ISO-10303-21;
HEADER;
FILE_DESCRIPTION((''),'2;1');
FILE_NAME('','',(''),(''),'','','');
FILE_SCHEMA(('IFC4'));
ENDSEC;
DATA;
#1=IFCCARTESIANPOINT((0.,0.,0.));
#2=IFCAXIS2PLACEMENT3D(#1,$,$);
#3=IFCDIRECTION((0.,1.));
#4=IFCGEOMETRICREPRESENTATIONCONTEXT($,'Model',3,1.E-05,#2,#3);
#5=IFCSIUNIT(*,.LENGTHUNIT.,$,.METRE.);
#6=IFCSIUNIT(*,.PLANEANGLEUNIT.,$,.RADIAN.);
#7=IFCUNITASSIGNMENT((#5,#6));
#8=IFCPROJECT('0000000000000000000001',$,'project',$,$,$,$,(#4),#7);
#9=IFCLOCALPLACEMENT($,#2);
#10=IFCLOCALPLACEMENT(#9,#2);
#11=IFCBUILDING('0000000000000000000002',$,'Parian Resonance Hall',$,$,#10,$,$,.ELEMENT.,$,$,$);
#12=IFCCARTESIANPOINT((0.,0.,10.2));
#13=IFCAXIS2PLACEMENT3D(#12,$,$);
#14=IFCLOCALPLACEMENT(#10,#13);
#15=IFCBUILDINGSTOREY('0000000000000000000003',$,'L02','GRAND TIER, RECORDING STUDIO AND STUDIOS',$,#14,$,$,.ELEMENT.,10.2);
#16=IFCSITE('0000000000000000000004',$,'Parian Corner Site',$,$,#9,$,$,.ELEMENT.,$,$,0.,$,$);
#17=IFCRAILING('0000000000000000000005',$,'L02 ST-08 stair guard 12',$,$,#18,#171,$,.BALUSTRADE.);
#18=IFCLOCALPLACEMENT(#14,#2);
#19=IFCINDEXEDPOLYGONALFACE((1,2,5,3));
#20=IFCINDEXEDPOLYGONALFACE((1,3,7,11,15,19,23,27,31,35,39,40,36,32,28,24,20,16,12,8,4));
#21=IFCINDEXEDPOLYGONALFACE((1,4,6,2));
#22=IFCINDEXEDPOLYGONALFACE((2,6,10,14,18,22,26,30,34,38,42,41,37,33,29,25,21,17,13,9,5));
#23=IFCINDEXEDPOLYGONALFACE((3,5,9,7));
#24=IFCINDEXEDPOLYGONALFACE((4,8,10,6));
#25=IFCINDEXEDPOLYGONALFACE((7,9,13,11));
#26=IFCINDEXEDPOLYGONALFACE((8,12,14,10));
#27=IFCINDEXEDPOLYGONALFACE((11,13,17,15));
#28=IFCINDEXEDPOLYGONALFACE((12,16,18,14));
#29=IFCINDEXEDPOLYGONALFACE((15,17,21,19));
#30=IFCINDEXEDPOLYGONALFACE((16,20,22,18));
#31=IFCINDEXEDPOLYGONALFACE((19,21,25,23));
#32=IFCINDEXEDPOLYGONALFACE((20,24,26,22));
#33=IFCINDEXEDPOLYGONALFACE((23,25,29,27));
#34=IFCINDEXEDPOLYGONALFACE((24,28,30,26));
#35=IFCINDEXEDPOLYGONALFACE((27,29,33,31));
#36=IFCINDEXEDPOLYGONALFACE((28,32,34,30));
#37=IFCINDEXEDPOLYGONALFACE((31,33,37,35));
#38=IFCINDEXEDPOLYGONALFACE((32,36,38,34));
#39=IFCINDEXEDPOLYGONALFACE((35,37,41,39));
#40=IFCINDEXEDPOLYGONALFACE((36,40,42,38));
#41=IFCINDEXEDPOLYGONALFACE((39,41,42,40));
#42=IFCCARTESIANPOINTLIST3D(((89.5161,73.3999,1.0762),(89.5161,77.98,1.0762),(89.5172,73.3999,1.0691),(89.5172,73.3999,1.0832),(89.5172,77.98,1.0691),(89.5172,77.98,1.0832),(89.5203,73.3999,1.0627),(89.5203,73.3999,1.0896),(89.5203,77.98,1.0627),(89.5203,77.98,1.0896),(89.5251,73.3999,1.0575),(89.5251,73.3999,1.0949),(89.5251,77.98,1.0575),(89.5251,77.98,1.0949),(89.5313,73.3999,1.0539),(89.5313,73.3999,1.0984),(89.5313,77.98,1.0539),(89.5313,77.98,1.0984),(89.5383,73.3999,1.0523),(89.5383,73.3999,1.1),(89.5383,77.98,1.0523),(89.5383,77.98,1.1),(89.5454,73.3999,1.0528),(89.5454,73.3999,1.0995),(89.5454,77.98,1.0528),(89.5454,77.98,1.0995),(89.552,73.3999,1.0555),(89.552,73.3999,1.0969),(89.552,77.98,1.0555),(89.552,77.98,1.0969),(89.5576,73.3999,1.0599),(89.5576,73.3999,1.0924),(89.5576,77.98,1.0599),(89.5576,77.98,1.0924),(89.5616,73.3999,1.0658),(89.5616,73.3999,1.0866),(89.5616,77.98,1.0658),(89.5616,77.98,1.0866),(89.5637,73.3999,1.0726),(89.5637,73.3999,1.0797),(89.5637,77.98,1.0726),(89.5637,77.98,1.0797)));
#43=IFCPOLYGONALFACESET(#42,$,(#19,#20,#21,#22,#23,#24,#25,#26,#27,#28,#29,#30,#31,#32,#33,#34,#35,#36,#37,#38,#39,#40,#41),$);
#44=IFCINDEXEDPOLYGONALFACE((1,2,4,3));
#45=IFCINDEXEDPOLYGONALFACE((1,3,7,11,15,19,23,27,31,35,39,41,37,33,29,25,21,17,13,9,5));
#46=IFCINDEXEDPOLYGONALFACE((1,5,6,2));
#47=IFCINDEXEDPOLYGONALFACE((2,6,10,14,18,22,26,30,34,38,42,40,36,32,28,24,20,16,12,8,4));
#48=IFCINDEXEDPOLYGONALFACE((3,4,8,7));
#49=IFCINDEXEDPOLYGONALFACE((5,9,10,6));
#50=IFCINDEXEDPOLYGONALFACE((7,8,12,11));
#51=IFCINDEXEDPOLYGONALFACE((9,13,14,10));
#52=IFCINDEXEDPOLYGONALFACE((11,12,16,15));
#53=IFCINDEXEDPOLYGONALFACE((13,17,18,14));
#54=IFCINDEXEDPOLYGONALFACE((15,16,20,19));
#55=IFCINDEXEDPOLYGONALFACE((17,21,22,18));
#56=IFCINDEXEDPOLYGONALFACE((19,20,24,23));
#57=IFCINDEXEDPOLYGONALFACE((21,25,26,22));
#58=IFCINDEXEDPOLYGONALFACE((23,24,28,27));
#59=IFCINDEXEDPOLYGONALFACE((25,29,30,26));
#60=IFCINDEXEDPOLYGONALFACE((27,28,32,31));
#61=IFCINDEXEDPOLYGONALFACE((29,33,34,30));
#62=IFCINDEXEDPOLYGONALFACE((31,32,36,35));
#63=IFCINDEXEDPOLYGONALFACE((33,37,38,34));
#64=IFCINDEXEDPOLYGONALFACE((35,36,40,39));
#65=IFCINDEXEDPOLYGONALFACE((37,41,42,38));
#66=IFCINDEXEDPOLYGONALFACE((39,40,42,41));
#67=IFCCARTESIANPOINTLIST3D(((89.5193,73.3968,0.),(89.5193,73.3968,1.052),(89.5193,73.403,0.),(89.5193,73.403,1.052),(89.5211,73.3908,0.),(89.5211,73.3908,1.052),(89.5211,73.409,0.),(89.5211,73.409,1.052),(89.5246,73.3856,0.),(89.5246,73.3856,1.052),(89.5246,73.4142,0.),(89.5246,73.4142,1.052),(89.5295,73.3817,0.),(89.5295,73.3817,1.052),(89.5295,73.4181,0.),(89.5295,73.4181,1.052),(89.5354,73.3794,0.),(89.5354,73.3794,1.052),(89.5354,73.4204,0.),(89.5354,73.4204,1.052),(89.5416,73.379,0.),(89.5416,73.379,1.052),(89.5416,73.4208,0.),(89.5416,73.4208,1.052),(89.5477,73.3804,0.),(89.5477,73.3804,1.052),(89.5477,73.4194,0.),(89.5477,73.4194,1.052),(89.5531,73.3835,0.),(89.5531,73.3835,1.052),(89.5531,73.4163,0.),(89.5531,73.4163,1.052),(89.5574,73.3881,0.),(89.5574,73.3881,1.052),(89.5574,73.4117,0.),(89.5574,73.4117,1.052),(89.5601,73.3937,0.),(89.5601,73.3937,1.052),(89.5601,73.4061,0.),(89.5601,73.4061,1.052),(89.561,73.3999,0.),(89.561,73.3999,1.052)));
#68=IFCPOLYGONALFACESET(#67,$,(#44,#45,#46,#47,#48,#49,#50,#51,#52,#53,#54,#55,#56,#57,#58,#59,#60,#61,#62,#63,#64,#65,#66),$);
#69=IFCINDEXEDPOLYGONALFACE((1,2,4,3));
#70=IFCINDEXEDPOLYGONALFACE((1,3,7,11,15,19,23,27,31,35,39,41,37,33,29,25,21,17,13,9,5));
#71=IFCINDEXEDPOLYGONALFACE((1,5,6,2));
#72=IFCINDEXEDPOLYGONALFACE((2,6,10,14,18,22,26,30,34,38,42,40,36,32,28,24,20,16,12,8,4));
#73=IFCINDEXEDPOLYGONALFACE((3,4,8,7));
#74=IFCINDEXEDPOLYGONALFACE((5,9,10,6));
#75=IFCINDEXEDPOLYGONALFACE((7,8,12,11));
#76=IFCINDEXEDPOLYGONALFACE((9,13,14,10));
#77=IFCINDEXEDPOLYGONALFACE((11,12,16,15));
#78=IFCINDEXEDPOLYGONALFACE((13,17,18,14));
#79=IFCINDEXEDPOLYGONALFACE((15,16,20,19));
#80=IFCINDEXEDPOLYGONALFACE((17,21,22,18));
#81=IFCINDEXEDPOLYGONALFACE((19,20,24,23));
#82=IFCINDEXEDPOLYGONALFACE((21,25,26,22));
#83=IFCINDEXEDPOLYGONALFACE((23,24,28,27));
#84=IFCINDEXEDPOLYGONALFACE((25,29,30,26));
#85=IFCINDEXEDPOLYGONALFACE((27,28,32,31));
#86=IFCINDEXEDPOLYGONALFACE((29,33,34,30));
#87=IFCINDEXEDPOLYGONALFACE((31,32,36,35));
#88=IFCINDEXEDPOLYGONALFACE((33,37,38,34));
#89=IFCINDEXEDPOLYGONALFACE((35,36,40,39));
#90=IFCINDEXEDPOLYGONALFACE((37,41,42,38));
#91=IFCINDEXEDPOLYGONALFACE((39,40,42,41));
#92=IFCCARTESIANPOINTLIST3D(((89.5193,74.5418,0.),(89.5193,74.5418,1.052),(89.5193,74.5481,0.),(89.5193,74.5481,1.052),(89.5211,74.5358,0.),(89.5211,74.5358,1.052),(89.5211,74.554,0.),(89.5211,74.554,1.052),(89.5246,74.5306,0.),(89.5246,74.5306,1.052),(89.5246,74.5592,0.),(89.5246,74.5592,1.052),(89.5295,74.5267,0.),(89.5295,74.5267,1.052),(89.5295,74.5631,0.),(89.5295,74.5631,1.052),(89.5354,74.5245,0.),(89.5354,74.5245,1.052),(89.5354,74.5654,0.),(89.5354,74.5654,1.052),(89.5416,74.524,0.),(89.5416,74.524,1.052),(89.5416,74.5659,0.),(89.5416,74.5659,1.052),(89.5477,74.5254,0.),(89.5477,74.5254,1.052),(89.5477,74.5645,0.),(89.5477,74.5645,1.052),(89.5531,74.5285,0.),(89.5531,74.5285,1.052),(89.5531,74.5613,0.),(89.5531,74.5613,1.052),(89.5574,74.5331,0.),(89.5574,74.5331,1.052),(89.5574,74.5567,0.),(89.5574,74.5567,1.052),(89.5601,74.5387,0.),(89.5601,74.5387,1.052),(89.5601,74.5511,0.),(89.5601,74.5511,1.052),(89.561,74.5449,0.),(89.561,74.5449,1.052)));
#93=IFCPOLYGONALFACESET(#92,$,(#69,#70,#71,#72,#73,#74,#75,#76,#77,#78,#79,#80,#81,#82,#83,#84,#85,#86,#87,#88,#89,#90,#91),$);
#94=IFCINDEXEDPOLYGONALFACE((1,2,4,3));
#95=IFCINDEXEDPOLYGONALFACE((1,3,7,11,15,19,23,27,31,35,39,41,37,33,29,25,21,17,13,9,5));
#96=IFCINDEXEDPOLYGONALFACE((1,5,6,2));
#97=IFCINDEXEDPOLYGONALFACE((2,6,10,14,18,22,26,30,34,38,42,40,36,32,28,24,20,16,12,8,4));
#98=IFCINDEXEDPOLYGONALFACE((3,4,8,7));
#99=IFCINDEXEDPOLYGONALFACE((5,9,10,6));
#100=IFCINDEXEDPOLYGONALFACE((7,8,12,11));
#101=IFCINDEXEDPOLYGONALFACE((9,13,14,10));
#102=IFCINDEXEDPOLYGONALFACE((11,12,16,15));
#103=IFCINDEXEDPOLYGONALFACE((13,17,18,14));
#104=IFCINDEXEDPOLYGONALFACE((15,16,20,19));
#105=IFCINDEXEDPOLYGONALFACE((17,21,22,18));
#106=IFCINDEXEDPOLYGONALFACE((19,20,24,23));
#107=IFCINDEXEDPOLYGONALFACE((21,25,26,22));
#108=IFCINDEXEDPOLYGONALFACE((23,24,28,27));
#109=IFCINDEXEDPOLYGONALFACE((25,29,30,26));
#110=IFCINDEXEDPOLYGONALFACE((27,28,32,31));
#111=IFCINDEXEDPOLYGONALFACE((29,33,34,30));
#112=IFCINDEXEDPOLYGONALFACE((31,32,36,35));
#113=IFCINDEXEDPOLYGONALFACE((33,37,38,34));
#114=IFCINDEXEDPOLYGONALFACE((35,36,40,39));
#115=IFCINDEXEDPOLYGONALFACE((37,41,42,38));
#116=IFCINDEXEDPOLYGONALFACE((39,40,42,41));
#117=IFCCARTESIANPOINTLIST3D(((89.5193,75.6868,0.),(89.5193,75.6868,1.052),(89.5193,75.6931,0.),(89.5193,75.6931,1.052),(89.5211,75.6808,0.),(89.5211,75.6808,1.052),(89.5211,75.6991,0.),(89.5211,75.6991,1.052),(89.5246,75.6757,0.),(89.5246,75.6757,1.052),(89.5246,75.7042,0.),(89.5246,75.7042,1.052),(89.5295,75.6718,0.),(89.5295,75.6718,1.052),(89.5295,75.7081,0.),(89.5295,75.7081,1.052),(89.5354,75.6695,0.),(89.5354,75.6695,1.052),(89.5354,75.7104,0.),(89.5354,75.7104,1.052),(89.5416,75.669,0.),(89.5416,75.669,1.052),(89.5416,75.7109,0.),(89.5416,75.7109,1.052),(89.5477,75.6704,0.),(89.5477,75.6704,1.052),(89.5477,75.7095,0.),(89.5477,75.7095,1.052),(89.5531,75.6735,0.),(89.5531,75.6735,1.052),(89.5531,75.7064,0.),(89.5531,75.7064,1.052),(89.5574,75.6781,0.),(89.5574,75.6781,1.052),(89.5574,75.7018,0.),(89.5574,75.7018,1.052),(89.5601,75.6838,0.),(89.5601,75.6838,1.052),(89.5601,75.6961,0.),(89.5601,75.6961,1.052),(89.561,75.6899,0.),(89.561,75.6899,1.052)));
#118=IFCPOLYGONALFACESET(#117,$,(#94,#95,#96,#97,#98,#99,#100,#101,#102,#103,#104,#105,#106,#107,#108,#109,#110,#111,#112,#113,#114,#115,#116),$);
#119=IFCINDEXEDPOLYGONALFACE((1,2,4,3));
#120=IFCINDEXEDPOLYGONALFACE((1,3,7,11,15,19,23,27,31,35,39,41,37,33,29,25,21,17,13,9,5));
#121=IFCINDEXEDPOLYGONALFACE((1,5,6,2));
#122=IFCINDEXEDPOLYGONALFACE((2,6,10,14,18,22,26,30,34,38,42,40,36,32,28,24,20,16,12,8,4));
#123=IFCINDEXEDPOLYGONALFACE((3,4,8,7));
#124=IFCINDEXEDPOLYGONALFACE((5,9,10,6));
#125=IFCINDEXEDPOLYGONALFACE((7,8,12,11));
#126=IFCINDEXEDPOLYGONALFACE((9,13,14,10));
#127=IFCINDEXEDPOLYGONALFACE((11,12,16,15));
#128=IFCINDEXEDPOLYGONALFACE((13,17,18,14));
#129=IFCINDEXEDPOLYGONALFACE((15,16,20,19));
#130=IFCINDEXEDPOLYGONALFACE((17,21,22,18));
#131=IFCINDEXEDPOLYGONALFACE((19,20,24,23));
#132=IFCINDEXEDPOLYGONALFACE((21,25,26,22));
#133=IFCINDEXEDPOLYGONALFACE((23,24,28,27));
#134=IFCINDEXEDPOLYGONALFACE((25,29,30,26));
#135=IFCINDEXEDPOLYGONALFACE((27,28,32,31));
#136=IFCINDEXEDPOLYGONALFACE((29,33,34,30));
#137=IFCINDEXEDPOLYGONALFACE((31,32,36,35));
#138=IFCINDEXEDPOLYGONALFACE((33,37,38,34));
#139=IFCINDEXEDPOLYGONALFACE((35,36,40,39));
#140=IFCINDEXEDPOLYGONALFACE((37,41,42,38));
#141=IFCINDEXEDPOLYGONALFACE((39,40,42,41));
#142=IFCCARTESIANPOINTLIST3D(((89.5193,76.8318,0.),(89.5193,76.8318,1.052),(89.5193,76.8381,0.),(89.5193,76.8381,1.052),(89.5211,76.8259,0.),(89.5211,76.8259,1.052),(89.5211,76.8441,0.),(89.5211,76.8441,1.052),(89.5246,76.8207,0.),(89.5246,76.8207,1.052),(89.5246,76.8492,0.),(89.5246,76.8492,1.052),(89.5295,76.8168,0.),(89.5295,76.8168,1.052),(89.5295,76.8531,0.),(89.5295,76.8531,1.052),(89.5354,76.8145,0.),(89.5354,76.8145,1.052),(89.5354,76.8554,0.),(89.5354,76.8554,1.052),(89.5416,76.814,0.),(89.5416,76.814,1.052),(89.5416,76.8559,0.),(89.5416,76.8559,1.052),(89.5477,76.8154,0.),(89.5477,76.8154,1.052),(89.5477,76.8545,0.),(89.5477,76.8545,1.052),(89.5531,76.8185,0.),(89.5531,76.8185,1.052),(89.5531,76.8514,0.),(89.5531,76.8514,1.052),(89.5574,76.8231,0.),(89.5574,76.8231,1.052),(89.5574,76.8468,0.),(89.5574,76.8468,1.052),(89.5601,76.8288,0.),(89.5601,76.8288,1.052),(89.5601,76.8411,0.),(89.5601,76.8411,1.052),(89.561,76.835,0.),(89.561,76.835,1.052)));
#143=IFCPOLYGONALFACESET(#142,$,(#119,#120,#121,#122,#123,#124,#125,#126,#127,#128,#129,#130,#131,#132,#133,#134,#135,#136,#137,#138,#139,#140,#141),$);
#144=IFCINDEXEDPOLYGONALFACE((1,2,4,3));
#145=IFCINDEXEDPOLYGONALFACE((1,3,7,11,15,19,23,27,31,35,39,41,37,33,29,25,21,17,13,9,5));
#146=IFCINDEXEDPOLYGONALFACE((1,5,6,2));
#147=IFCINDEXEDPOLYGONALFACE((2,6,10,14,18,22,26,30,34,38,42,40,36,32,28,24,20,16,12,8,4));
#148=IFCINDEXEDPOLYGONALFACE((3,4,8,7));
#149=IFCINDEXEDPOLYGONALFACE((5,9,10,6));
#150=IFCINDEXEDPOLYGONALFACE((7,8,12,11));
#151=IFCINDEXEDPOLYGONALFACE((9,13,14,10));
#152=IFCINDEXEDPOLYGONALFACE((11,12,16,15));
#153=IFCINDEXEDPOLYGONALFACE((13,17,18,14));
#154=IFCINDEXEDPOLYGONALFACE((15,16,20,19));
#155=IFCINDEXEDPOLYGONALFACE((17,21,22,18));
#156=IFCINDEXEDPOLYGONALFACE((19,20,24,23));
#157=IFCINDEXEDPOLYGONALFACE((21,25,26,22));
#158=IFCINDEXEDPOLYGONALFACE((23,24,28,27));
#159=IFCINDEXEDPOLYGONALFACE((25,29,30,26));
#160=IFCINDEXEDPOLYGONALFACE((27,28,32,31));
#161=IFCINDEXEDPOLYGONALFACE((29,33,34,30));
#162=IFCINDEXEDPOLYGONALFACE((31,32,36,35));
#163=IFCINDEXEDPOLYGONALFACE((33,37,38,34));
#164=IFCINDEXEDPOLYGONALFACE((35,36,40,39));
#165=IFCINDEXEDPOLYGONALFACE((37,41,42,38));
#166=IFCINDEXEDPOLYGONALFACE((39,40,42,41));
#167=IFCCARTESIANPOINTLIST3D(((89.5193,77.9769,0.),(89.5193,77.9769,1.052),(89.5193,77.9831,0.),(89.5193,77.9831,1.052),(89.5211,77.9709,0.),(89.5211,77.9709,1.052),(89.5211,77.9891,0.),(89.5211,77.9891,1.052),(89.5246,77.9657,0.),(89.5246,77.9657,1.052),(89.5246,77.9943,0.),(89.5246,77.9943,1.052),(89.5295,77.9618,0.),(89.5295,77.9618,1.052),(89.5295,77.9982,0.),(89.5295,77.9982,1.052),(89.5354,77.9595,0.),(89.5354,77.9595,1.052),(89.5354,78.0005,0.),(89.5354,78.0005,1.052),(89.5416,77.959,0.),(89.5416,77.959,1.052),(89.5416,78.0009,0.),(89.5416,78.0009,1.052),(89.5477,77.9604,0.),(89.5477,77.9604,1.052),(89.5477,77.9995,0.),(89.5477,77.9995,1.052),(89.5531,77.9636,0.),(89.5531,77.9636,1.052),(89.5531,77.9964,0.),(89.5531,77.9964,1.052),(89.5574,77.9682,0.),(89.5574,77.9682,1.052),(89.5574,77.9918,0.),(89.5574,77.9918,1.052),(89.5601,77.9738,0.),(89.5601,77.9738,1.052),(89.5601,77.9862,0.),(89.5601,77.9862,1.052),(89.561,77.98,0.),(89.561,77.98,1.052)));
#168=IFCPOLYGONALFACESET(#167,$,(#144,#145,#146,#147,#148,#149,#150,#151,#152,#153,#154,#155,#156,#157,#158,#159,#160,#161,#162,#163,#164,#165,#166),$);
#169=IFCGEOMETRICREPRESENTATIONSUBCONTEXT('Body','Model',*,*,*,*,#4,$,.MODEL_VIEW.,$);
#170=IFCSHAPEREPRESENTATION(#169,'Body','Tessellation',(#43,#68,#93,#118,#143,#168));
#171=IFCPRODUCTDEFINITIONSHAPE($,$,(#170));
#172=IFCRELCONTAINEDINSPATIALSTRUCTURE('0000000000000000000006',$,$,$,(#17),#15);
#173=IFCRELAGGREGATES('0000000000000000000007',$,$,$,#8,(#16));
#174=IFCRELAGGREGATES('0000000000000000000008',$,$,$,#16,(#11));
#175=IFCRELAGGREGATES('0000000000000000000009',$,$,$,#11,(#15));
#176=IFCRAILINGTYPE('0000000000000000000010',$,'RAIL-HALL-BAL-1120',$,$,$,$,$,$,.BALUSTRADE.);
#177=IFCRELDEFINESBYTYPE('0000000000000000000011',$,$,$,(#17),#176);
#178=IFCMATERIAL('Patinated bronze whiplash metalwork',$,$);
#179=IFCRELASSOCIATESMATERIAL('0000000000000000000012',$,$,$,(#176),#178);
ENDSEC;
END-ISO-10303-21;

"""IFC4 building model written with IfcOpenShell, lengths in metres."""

from ifc_helpers import new_model, si_unit, direction, frame, origin, origin_2d, place, context, subcontext, project, spatial, circle, extrude, material, type_object, element, save


model = new_model("IFC4")

# Units and contexts
model_context = context("Model", 3, precision=1e-05, world=origin(), true_north=direction((0.0, 1.0)))
body_context = subcontext(model_context, "Body", "Model", "MODEL_VIEW")
ifc_project = project(units=[si_unit("LENGTHUNIT", "METRE"), si_unit("PLANEANGLEUNIT", "RADIAN")], contexts=[model_context])

# Site, building, storey
site_placement = place(None, origin())
site = spatial("IfcSite", under=ifc_project, at=site_placement, Name="Parian Corner Site", CompositionType="ELEMENT", RefElevation=0.0)
building_placement = place(site_placement, origin())
building = spatial("IfcBuilding", under=site, at=building_placement, Name="Parian Resonance Hall", CompositionType="ELEMENT")
storey_placement = place(building_placement, frame((0.0, 0.0, 10.2)))
storey = spatial("IfcBuildingStorey", under=building, at=storey_placement, Name="L02", Description="GRAND TIER, RECORDING STUDIO AND STUDIOS", CompositionType="ELEMENT", Elevation=10.2)

# Railing
ifc_material_1 = material(Name="Patinated bronze whiplash metalwork")
railing_type = type_object("IfcRailingType", Name="RAIL-HALL-BAL-1120", PredefinedType="BALUSTRADE", material=ifc_material_1)
railing_1_placement = place(storey_placement, frame((89.54, 73.3999, 0.0)))
element("IfcRailing", 1, at=railing_1_placement, inside=storey, type_object=railing_type, Name="L02 ST-08 stair guard 12", PredefinedType="BALUSTRADE", context=body_context, shape_type="SweptSolid", body=[
    extrude(circle(Radius=0.0239, at=origin_2d()), frame((0.0, 0.0, 1.0762), z_axis=(0.0, 1.0, 0.0), x_axis=(-1.0, 0.0, 0.0)), (0.0, 0.0, 1.0), 4.5801),
    extrude(circle(Radius=0.021, at=origin_2d()), origin(), (0.0, 0.0, 1.0), 1.052),
    extrude(circle(Radius=0.021, at=origin_2d()), frame((0.0, 1.145, 0.0)), (0.0, 0.0, 1.0), 1.052),
    extrude(circle(Radius=0.021, at=origin_2d()), frame((0.0, 2.29, 0.0)), (0.0, 0.0, 1.0), 1.052),
    extrude(circle(Radius=0.021, at=origin_2d()), frame((0.0, 3.4351, 0.0)), (0.0, 0.0, 1.0), 1.052),
    extrude(circle(Radius=0.021, at=origin_2d()), frame((0.0, 4.5801, 0.0)), (0.0, 0.0, 1.0), 1.052),
])

save(model, "model.ifc")
